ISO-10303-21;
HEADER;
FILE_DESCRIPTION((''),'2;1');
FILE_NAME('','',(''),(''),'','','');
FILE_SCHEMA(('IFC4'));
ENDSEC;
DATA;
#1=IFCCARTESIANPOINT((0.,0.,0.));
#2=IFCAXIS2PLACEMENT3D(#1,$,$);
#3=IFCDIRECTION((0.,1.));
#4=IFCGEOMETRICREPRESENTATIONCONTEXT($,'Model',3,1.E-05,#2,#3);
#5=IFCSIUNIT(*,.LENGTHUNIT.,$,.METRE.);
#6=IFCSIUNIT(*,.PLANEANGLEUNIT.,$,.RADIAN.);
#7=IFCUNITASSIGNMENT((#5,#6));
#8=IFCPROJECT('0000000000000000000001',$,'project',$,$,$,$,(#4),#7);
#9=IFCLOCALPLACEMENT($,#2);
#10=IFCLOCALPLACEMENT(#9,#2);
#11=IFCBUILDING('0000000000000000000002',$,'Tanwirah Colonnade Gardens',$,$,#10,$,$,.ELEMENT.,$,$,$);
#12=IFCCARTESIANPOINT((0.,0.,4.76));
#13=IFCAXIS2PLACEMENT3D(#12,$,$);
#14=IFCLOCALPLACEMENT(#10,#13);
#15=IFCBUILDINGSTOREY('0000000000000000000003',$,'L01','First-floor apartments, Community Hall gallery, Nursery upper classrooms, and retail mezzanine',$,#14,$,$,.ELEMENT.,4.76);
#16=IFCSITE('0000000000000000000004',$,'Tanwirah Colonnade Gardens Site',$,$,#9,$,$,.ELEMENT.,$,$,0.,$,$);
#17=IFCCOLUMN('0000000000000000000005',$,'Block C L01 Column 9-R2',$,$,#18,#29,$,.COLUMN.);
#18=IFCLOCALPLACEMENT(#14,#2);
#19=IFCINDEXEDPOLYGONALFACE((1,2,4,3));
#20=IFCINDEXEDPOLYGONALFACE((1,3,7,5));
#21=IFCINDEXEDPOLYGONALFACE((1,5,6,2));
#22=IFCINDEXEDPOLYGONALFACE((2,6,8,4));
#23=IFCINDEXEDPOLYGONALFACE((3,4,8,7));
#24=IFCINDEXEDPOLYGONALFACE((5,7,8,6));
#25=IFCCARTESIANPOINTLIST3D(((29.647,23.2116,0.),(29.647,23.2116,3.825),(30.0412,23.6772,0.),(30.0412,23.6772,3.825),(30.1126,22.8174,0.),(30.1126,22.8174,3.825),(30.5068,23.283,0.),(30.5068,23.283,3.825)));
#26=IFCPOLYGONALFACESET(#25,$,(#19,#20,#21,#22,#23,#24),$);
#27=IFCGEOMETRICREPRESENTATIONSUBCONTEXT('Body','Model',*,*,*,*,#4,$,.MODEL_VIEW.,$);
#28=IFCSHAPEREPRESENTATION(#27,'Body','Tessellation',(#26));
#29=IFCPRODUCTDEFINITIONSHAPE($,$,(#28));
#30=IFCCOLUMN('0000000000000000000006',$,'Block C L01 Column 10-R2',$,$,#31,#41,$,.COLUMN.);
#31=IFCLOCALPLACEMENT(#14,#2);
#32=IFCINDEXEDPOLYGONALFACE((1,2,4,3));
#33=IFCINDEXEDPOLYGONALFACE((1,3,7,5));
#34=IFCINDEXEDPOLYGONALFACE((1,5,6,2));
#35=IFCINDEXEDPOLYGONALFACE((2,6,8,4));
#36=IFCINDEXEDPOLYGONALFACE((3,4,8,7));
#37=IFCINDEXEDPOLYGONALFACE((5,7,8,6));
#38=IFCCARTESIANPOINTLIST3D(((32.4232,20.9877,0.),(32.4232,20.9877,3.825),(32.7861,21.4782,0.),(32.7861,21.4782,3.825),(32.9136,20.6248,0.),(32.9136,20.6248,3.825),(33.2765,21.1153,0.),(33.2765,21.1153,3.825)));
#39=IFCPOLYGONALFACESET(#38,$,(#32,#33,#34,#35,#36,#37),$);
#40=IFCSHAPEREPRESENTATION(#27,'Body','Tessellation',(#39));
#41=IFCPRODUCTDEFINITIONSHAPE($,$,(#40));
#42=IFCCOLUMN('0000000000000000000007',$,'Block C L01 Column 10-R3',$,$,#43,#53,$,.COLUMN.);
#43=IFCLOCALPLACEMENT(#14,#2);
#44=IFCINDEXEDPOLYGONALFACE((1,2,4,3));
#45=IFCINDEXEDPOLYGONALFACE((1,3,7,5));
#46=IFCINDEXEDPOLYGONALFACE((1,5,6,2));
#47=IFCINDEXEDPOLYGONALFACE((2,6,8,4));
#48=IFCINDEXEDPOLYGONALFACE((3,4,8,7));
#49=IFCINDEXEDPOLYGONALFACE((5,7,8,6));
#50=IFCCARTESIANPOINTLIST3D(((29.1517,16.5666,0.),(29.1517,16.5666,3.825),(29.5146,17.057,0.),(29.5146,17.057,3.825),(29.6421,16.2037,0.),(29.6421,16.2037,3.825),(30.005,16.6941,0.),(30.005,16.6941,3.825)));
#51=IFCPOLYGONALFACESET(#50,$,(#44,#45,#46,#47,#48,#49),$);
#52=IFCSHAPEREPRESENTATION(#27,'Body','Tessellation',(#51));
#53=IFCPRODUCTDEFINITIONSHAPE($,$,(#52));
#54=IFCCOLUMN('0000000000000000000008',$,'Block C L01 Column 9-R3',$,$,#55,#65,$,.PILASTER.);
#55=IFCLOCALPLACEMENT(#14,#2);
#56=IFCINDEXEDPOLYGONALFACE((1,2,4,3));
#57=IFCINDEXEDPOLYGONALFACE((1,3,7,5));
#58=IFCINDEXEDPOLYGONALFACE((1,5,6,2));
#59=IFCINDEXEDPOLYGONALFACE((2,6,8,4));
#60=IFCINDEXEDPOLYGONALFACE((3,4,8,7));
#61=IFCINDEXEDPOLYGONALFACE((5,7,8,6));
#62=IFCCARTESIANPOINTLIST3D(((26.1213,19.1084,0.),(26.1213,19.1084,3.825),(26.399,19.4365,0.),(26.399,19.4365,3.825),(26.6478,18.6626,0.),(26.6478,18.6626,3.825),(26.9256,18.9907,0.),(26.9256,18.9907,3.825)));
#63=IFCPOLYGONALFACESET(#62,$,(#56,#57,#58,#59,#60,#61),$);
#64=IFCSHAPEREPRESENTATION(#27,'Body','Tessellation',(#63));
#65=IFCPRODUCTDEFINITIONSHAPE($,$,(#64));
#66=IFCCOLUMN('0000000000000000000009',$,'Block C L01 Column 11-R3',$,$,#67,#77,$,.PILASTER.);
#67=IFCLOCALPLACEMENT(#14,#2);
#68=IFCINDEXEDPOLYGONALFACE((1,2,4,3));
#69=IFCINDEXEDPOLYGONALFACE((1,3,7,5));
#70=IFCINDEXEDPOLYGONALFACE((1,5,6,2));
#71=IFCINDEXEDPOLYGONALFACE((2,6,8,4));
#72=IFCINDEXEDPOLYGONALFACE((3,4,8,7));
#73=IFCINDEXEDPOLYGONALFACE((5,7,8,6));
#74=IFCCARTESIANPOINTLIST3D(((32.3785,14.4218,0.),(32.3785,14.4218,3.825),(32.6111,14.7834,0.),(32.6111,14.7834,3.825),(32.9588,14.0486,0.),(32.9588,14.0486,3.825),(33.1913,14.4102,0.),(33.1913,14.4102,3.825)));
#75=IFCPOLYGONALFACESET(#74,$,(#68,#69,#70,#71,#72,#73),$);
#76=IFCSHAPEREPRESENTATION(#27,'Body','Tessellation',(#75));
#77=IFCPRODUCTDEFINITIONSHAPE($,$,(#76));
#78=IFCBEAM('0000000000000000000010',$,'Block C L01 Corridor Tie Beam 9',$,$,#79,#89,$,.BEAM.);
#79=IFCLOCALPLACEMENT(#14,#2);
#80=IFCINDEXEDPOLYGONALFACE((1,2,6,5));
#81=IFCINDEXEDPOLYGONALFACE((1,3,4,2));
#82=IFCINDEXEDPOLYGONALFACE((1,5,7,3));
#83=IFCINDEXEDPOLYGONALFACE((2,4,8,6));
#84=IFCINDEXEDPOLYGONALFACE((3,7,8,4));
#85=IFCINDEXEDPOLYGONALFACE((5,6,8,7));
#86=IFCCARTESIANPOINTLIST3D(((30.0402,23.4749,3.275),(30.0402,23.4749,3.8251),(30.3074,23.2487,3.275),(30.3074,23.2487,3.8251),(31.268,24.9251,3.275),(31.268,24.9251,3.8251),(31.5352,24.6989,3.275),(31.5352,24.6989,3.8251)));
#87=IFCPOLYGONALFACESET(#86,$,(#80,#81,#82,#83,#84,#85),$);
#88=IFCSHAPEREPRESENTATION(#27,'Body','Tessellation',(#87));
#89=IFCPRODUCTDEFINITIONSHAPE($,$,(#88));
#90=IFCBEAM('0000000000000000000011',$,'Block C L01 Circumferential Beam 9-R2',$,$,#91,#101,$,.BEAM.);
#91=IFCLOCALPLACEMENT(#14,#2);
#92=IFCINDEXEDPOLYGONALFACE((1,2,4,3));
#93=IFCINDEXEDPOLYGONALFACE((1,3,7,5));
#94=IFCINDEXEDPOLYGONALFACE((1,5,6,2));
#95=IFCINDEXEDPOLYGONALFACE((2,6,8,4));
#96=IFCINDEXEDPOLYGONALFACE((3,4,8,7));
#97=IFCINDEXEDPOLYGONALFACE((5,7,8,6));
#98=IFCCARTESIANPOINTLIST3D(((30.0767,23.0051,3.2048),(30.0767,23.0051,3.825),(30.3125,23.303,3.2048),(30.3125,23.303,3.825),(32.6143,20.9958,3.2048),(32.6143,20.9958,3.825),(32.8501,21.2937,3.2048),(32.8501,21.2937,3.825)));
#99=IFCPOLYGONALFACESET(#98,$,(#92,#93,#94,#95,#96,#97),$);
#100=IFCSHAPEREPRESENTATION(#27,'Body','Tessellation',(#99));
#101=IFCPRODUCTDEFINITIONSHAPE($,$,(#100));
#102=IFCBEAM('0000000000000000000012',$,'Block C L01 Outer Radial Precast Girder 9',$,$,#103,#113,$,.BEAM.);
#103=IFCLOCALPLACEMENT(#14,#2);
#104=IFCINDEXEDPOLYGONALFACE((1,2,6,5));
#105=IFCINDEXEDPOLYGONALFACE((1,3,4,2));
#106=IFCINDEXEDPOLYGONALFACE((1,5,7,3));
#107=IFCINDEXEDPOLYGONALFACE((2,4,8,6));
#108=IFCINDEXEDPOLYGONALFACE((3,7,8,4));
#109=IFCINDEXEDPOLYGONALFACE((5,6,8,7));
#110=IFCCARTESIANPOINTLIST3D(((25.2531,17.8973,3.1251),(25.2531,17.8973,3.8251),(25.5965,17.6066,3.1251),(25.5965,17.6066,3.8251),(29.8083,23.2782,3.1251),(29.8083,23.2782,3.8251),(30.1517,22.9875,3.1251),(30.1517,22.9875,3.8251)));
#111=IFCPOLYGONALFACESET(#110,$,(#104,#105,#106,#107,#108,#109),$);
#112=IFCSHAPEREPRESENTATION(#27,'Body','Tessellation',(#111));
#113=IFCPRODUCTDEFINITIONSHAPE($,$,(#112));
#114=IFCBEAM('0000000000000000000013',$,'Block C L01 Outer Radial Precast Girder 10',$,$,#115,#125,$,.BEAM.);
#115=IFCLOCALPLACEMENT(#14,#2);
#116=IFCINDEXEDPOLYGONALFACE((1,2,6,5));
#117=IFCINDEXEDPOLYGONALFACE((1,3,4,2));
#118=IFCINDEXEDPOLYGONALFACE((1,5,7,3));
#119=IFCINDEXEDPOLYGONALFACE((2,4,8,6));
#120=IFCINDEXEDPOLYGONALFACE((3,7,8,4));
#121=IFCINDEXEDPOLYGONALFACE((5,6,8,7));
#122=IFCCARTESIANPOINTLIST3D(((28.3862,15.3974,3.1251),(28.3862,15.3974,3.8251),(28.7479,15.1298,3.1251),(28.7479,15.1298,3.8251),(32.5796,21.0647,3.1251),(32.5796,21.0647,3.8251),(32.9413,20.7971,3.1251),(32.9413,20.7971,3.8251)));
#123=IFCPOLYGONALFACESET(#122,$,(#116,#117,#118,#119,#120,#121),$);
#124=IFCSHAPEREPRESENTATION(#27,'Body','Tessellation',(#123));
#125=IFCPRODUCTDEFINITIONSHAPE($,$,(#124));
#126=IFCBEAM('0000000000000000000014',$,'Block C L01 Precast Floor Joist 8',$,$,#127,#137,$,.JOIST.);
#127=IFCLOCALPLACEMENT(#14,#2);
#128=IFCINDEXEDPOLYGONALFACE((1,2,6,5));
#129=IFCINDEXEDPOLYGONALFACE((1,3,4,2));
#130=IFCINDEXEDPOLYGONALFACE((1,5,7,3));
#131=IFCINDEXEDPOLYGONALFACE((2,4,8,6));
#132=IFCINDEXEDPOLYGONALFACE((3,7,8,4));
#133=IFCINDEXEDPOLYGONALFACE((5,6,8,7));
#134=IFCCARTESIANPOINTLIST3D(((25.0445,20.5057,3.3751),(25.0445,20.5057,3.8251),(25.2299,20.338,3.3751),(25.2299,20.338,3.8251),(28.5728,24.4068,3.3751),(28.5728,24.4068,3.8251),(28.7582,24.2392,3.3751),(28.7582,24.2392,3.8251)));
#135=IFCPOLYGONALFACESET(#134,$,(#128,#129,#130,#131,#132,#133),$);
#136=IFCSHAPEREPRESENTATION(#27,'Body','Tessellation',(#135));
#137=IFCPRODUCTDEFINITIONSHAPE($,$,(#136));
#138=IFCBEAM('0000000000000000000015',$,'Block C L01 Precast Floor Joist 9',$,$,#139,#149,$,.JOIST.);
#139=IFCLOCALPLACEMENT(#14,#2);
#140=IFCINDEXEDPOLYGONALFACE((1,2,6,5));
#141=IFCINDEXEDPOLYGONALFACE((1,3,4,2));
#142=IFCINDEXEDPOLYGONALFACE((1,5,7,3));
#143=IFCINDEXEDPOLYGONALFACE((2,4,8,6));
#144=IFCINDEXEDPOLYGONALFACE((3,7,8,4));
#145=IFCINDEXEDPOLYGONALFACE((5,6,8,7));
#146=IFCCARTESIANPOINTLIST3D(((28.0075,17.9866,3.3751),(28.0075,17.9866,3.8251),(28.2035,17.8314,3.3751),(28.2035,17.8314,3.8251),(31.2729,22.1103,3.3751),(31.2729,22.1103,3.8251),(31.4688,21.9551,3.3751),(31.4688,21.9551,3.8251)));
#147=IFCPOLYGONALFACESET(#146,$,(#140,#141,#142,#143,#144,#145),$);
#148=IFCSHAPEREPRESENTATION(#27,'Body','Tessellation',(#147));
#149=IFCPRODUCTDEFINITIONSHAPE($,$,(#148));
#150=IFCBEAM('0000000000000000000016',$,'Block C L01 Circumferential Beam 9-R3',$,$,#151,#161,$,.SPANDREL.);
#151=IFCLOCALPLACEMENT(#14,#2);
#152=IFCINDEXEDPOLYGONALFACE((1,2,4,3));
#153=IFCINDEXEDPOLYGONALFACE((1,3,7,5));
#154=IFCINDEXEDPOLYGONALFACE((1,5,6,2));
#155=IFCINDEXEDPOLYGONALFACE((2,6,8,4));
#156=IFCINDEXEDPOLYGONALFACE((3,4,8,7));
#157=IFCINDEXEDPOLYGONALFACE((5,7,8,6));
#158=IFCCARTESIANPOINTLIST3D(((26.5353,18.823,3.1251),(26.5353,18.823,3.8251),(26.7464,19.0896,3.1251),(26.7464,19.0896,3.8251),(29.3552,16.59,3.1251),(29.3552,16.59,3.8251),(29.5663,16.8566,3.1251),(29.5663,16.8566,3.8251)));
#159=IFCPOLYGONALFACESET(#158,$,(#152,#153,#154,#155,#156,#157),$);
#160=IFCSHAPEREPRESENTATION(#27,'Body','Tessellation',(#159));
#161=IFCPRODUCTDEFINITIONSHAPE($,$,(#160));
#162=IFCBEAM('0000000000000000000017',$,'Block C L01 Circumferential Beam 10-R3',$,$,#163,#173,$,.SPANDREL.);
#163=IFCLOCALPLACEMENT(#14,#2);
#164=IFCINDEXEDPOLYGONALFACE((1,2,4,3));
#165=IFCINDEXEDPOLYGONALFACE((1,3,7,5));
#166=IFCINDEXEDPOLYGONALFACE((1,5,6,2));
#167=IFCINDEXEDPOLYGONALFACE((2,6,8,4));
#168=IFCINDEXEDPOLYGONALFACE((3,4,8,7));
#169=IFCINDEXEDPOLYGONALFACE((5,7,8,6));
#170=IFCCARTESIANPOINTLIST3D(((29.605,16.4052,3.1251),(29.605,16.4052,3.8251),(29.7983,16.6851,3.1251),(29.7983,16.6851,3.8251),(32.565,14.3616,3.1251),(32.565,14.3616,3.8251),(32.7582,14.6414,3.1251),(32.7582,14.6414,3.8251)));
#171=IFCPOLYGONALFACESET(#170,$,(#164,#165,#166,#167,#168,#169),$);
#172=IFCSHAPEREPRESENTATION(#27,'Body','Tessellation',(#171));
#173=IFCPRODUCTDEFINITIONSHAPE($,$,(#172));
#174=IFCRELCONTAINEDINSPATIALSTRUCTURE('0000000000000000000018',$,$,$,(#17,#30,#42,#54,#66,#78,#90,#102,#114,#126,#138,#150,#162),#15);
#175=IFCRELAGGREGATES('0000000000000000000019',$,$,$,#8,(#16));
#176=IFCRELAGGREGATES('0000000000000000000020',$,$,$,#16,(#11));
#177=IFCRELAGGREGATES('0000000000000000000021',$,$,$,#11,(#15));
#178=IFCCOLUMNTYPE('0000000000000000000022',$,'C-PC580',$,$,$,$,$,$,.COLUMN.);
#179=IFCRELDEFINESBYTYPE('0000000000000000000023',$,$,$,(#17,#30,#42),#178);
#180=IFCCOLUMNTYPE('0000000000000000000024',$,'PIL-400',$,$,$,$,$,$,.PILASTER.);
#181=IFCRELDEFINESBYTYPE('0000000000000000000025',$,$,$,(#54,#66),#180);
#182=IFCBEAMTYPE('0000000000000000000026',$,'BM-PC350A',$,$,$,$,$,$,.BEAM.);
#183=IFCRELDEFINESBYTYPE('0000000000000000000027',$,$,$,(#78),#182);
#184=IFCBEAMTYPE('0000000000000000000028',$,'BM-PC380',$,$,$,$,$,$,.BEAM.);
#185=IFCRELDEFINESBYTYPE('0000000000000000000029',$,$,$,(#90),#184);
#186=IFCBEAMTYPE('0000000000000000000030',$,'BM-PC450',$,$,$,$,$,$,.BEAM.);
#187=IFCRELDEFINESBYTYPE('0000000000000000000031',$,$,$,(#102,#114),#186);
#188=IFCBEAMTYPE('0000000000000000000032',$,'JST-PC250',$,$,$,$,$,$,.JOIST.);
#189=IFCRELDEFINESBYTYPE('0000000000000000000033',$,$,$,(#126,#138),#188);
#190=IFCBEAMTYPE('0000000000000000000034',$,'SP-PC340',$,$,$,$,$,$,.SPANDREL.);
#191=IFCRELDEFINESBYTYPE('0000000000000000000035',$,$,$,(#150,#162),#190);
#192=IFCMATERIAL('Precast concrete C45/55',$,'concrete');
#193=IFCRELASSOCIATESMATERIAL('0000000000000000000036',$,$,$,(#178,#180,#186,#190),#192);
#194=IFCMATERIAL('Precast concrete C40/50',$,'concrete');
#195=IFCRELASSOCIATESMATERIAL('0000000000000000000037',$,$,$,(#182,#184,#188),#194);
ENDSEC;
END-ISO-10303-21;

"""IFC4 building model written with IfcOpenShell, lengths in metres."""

from ifc_helpers import new_model, si_unit, direction, frame, origin, origin_2d, place, context, subcontext, project, spatial, rectangle, extrude, material, material_profile, profile_set, type_object, element, save


model = new_model("IFC4")

# Units and contexts
model_context = context("Model", 3, precision=1e-05, world=origin(), true_north=direction((0.0, 1.0)))
body_context = subcontext(model_context, "Body", "Model", "MODEL_VIEW")
ifc_project = project(units=[si_unit("LENGTHUNIT", "METRE"), si_unit("PLANEANGLEUNIT", "RADIAN")], contexts=[model_context])

# Site, building, storey
site_placement = place(None, origin())
site = spatial("IfcSite", under=ifc_project, at=site_placement, Name="Tanwirah Colonnade Gardens Site", CompositionType="ELEMENT", RefElevation=0.0)
building_placement = place(site_placement, origin())
building = spatial("IfcBuilding", under=site, at=building_placement, Name="Tanwirah Colonnade Gardens", CompositionType="ELEMENT")
storey_placement = place(building_placement, frame((0.0, 0.0, 4.76)))
storey = spatial("IfcBuildingStorey", under=building, at=storey_placement, Name="L01", Description="First-floor apartments, Community Hall gallery, Nursery upper classrooms, and retail mezzanine", CompositionType="ELEMENT", Elevation=4.76)

# Columns
ifc_material_1 = material(Name="Precast concrete C45/55", Category="concrete")
ifc_material_profile_1 = material_profile(ifc_material_1, rectangle(XDim=0.6101, YDim=0.6101, at=origin_2d()), Name="PC-COL 610x610")
ifc_profile_set_1 = profile_set([ifc_material_profile_1], Name="Precast concrete C45/55")
column_type_1 = type_object("IfcColumnType", Name="C-PC580", PredefinedType="COLUMN", material=ifc_profile_set_1)
for number, where, z_axis, x_axis, name in (
    (1, (30.0769, 23.2473, 0.0), (0.0, 0.0, 1.0), (-0.646124, -0.763232, 0.0), "Block C L01 Column 9-R2"),
    (2, (32.8499, 21.0515, 0.0), (0.0, 0.0, 1.0), (-0.594823, -0.803857, 0.0), "Block C L01 Column 10-R2"),
    (3, (29.5784, 16.6304, 0.0), (0.0, 0.0, 1.0), (-0.594823, -0.803857, 0.0), "Block C L01 Column 10-R3"),
):
    element("IfcColumn", number, at=place(storey_placement, frame(where, z_axis=z_axis, x_axis=x_axis)), inside=storey, type_object=column_type_1, Name=name, PredefinedType="COLUMN", context=body_context, shape_type="SweptSolid", body=[
        extrude(rectangle(XDim=0.6101, YDim=0.6101, at=origin_2d()), origin(), (0.0, 0.0, 1.0), 3.825),
    ])
ifc_material_profile_2 = material_profile(ifc_material_1, rectangle(XDim=0.4299, YDim=0.6899, at=origin_2d()), Name="PC-PIL 430x690")
ifc_profile_set_2 = profile_set([ifc_material_profile_2], Name="Precast concrete C45/55")
column_type_2 = type_object("IfcColumnType", Name="PIL-400", PredefinedType="PILASTER", material=ifc_profile_set_2)
for number, where, z_axis, x_axis, name in (
    (4, (26.5234, 19.0496, 0.0), (0.0, 0.0, 1.0), (-0.646124, -0.763232, 0.0), "Block C L01 Column 9-R3"),
    (5, (32.7849, 14.416, 0.0), (0.0, 0.0, 1.0), (-0.540974, -0.841039, 0.0), "Block C L01 Column 11-R3"),
):
    element("IfcColumn", number, at=place(storey_placement, frame(where, z_axis=z_axis, x_axis=x_axis)), inside=storey, type_object=column_type_2, Name=name, PredefinedType="PILASTER", context=body_context, shape_type="SweptSolid", body=[
        extrude(rectangle(XDim=0.4299, YDim=0.6899, at=origin_2d()), origin(), (0.0, 0.0, 1.0), 3.825),
    ])

# Beams
ifc_material_2 = material(Name="Precast concrete C40/50", Category="concrete")
ifc_material_profile_3 = material_profile(ifc_material_2, rectangle(XDim=0.3501, YDim=0.55, at=origin_2d()), Name="PC-BM 350x550")
ifc_profile_set_3 = profile_set([ifc_material_profile_3], Name="Precast concrete C40/50")
beam_type_1 = type_object("IfcBeamType", Name="BM-PC350A", PredefinedType="BEAM", material=ifc_profile_set_3)
beam_1_placement = place(storey_placement, frame((31.4016, 24.812, 3.55), z_axis=(-0.646155, -0.763206, 0.0), x_axis=(0.763206, -0.646155, 0.0)))
element("IfcBeam", 6, at=beam_1_placement, inside=storey, type_object=beam_type_1, Name="Block C L01 Corridor Tie Beam 9", PredefinedType="BEAM", context=body_context, shape_type="SweptSolid", body=[
    extrude(rectangle(XDim=0.3501, YDim=0.55, at=origin_2d()), origin(), (0.0, 0.0, 1.0), 1.9001),
])
ifc_material_profile_4 = material_profile(ifc_material_2, rectangle(XDim=0.3799, YDim=0.6201, at=origin_2d()), Name="PC-BM 380x620")
ifc_profile_set_4 = profile_set([ifc_material_profile_4], Name="Precast concrete C40/50")
beam_type_2 = type_object("IfcBeamType", Name="BM-PC380", PredefinedType="BEAM", material=ifc_profile_set_4)
beam_2_placement = place(storey_placement, frame((30.1946, 23.1541, 3.5149), z_axis=(0.783994, -0.620769, 0.0), x_axis=(0.620769, 0.783994, 0.0)))
element("IfcBeam", 7, at=beam_2_placement, inside=storey, type_object=beam_type_2, Name="Block C L01 Circumferential Beam 9-R2", PredefinedType="BEAM", context=body_context, shape_type="SweptSolid", body=[
    extrude(rectangle(XDim=0.3799, YDim=0.6201, at=origin_2d()), origin(), (0.0, 0.0, 1.0), 3.2368),
])
ifc_material_profile_5 = material_profile(ifc_material_1, rectangle(XDim=0.45, YDim=0.7, at=origin_2d()), Name="PC-BM 450x700")
ifc_profile_set_5 = profile_set([ifc_material_profile_5], Name="Precast concrete C45/55")
beam_type_3 = type_object("IfcBeamType", Name="BM-PC450", PredefinedType="BEAM", material=ifc_profile_set_5)
for number, where, z_axis, x_axis, name in (
    (8, (29.98, 23.1328, 3.4751), (-0.646119, -0.763237, 0.0), (0.763237, -0.646119, 0.0), "Block C L01 Outer Radial Precast Girder 9"),
    (9, (32.7605, 20.9309, 3.4751), (-0.594807, -0.803869, 0.0), (0.803869, -0.594807, 0.0), "Block C L01 Outer Radial Precast Girder 10"),
):
    element("IfcBeam", number, at=place(storey_placement, frame(where, z_axis=z_axis, x_axis=x_axis)), inside=storey, type_object=beam_type_3, Name=name, PredefinedType="BEAM", context=body_context, shape_type="SweptSolid", body=[
        extrude(rectangle(XDim=0.45, YDim=0.7, at=origin_2d()), origin(), (0.0, 0.0, 1.0), 7.05),
    ])
ifc_material_profile_6 = material_profile(ifc_material_2, rectangle(XDim=0.25, YDim=0.45, at=origin_2d()), Name="PC-JST 250x450")
ifc_profile_set_6 = profile_set([ifc_material_profile_6], Name="Precast concrete C40/50")
beam_type_4 = type_object("IfcBeamType", Name="JST-PC250", PredefinedType="JOIST", material=ifc_profile_set_6)
for number, where, z_axis, x_axis, name in (
    (10, (28.6655, 24.323, 3.6001), (-0.670781, -0.741656, 0.0), (0.741656, -0.670781, 0.0), "Block C L01 Precast Floor Joist 8"),
    (11, (31.3708, 22.0327, 3.6001), (-0.620787, -0.783979, 0.0), (0.783979, -0.620787, 0.0), "Block C L01 Precast Floor Joist 9"),
):
    element("IfcBeam", number, at=place(storey_placement, frame(where, z_axis=z_axis, x_axis=x_axis)), inside=storey, type_object=beam_type_4, Name=name, PredefinedType="JOIST", context=body_context, shape_type="SweptSolid", body=[
        extrude(rectangle(XDim=0.25, YDim=0.45, at=origin_2d()), origin(), (0.0, 0.0, 1.0), 5.26),
    ])
ifc_material_profile_7 = material_profile(ifc_material_1, rectangle(XDim=0.3401, YDim=0.7, at=origin_2d()), Name="PC-SP 340x700")
ifc_profile_set_7 = profile_set([ifc_material_profile_7], Name="Precast concrete C45/55")
beam_type_5 = type_object("IfcBeamType", Name="SP-PC340", PredefinedType="SPANDREL", material=ifc_profile_set_7)
for number, where, z_axis, x_axis, name in (
    (12, (26.6409, 18.9563, 3.4751), (0.783971, -0.620797, 0.0), (0.620797, 0.783971, 0.0), "Block C L01 Circumferential Beam 9-R3"),
    (13, (29.7017, 16.5452, 3.4751), (0.822907, -0.568175, 0.0), (0.568175, 0.822907, 0.0), "Block C L01 Circumferential Beam 10-R3"),
):
    element("IfcBeam", number, at=place(storey_placement, frame(where, z_axis=z_axis, x_axis=x_axis)), inside=storey, type_object=beam_type_5, Name=name, PredefinedType="SPANDREL", context=body_context, shape_type="SweptSolid", body=[
        extrude(rectangle(XDim=0.3401, YDim=0.7, at=origin_2d()), origin(), (0.0, 0.0, 1.0), 3.5969),
    ])

save(model, "model.ifc")
